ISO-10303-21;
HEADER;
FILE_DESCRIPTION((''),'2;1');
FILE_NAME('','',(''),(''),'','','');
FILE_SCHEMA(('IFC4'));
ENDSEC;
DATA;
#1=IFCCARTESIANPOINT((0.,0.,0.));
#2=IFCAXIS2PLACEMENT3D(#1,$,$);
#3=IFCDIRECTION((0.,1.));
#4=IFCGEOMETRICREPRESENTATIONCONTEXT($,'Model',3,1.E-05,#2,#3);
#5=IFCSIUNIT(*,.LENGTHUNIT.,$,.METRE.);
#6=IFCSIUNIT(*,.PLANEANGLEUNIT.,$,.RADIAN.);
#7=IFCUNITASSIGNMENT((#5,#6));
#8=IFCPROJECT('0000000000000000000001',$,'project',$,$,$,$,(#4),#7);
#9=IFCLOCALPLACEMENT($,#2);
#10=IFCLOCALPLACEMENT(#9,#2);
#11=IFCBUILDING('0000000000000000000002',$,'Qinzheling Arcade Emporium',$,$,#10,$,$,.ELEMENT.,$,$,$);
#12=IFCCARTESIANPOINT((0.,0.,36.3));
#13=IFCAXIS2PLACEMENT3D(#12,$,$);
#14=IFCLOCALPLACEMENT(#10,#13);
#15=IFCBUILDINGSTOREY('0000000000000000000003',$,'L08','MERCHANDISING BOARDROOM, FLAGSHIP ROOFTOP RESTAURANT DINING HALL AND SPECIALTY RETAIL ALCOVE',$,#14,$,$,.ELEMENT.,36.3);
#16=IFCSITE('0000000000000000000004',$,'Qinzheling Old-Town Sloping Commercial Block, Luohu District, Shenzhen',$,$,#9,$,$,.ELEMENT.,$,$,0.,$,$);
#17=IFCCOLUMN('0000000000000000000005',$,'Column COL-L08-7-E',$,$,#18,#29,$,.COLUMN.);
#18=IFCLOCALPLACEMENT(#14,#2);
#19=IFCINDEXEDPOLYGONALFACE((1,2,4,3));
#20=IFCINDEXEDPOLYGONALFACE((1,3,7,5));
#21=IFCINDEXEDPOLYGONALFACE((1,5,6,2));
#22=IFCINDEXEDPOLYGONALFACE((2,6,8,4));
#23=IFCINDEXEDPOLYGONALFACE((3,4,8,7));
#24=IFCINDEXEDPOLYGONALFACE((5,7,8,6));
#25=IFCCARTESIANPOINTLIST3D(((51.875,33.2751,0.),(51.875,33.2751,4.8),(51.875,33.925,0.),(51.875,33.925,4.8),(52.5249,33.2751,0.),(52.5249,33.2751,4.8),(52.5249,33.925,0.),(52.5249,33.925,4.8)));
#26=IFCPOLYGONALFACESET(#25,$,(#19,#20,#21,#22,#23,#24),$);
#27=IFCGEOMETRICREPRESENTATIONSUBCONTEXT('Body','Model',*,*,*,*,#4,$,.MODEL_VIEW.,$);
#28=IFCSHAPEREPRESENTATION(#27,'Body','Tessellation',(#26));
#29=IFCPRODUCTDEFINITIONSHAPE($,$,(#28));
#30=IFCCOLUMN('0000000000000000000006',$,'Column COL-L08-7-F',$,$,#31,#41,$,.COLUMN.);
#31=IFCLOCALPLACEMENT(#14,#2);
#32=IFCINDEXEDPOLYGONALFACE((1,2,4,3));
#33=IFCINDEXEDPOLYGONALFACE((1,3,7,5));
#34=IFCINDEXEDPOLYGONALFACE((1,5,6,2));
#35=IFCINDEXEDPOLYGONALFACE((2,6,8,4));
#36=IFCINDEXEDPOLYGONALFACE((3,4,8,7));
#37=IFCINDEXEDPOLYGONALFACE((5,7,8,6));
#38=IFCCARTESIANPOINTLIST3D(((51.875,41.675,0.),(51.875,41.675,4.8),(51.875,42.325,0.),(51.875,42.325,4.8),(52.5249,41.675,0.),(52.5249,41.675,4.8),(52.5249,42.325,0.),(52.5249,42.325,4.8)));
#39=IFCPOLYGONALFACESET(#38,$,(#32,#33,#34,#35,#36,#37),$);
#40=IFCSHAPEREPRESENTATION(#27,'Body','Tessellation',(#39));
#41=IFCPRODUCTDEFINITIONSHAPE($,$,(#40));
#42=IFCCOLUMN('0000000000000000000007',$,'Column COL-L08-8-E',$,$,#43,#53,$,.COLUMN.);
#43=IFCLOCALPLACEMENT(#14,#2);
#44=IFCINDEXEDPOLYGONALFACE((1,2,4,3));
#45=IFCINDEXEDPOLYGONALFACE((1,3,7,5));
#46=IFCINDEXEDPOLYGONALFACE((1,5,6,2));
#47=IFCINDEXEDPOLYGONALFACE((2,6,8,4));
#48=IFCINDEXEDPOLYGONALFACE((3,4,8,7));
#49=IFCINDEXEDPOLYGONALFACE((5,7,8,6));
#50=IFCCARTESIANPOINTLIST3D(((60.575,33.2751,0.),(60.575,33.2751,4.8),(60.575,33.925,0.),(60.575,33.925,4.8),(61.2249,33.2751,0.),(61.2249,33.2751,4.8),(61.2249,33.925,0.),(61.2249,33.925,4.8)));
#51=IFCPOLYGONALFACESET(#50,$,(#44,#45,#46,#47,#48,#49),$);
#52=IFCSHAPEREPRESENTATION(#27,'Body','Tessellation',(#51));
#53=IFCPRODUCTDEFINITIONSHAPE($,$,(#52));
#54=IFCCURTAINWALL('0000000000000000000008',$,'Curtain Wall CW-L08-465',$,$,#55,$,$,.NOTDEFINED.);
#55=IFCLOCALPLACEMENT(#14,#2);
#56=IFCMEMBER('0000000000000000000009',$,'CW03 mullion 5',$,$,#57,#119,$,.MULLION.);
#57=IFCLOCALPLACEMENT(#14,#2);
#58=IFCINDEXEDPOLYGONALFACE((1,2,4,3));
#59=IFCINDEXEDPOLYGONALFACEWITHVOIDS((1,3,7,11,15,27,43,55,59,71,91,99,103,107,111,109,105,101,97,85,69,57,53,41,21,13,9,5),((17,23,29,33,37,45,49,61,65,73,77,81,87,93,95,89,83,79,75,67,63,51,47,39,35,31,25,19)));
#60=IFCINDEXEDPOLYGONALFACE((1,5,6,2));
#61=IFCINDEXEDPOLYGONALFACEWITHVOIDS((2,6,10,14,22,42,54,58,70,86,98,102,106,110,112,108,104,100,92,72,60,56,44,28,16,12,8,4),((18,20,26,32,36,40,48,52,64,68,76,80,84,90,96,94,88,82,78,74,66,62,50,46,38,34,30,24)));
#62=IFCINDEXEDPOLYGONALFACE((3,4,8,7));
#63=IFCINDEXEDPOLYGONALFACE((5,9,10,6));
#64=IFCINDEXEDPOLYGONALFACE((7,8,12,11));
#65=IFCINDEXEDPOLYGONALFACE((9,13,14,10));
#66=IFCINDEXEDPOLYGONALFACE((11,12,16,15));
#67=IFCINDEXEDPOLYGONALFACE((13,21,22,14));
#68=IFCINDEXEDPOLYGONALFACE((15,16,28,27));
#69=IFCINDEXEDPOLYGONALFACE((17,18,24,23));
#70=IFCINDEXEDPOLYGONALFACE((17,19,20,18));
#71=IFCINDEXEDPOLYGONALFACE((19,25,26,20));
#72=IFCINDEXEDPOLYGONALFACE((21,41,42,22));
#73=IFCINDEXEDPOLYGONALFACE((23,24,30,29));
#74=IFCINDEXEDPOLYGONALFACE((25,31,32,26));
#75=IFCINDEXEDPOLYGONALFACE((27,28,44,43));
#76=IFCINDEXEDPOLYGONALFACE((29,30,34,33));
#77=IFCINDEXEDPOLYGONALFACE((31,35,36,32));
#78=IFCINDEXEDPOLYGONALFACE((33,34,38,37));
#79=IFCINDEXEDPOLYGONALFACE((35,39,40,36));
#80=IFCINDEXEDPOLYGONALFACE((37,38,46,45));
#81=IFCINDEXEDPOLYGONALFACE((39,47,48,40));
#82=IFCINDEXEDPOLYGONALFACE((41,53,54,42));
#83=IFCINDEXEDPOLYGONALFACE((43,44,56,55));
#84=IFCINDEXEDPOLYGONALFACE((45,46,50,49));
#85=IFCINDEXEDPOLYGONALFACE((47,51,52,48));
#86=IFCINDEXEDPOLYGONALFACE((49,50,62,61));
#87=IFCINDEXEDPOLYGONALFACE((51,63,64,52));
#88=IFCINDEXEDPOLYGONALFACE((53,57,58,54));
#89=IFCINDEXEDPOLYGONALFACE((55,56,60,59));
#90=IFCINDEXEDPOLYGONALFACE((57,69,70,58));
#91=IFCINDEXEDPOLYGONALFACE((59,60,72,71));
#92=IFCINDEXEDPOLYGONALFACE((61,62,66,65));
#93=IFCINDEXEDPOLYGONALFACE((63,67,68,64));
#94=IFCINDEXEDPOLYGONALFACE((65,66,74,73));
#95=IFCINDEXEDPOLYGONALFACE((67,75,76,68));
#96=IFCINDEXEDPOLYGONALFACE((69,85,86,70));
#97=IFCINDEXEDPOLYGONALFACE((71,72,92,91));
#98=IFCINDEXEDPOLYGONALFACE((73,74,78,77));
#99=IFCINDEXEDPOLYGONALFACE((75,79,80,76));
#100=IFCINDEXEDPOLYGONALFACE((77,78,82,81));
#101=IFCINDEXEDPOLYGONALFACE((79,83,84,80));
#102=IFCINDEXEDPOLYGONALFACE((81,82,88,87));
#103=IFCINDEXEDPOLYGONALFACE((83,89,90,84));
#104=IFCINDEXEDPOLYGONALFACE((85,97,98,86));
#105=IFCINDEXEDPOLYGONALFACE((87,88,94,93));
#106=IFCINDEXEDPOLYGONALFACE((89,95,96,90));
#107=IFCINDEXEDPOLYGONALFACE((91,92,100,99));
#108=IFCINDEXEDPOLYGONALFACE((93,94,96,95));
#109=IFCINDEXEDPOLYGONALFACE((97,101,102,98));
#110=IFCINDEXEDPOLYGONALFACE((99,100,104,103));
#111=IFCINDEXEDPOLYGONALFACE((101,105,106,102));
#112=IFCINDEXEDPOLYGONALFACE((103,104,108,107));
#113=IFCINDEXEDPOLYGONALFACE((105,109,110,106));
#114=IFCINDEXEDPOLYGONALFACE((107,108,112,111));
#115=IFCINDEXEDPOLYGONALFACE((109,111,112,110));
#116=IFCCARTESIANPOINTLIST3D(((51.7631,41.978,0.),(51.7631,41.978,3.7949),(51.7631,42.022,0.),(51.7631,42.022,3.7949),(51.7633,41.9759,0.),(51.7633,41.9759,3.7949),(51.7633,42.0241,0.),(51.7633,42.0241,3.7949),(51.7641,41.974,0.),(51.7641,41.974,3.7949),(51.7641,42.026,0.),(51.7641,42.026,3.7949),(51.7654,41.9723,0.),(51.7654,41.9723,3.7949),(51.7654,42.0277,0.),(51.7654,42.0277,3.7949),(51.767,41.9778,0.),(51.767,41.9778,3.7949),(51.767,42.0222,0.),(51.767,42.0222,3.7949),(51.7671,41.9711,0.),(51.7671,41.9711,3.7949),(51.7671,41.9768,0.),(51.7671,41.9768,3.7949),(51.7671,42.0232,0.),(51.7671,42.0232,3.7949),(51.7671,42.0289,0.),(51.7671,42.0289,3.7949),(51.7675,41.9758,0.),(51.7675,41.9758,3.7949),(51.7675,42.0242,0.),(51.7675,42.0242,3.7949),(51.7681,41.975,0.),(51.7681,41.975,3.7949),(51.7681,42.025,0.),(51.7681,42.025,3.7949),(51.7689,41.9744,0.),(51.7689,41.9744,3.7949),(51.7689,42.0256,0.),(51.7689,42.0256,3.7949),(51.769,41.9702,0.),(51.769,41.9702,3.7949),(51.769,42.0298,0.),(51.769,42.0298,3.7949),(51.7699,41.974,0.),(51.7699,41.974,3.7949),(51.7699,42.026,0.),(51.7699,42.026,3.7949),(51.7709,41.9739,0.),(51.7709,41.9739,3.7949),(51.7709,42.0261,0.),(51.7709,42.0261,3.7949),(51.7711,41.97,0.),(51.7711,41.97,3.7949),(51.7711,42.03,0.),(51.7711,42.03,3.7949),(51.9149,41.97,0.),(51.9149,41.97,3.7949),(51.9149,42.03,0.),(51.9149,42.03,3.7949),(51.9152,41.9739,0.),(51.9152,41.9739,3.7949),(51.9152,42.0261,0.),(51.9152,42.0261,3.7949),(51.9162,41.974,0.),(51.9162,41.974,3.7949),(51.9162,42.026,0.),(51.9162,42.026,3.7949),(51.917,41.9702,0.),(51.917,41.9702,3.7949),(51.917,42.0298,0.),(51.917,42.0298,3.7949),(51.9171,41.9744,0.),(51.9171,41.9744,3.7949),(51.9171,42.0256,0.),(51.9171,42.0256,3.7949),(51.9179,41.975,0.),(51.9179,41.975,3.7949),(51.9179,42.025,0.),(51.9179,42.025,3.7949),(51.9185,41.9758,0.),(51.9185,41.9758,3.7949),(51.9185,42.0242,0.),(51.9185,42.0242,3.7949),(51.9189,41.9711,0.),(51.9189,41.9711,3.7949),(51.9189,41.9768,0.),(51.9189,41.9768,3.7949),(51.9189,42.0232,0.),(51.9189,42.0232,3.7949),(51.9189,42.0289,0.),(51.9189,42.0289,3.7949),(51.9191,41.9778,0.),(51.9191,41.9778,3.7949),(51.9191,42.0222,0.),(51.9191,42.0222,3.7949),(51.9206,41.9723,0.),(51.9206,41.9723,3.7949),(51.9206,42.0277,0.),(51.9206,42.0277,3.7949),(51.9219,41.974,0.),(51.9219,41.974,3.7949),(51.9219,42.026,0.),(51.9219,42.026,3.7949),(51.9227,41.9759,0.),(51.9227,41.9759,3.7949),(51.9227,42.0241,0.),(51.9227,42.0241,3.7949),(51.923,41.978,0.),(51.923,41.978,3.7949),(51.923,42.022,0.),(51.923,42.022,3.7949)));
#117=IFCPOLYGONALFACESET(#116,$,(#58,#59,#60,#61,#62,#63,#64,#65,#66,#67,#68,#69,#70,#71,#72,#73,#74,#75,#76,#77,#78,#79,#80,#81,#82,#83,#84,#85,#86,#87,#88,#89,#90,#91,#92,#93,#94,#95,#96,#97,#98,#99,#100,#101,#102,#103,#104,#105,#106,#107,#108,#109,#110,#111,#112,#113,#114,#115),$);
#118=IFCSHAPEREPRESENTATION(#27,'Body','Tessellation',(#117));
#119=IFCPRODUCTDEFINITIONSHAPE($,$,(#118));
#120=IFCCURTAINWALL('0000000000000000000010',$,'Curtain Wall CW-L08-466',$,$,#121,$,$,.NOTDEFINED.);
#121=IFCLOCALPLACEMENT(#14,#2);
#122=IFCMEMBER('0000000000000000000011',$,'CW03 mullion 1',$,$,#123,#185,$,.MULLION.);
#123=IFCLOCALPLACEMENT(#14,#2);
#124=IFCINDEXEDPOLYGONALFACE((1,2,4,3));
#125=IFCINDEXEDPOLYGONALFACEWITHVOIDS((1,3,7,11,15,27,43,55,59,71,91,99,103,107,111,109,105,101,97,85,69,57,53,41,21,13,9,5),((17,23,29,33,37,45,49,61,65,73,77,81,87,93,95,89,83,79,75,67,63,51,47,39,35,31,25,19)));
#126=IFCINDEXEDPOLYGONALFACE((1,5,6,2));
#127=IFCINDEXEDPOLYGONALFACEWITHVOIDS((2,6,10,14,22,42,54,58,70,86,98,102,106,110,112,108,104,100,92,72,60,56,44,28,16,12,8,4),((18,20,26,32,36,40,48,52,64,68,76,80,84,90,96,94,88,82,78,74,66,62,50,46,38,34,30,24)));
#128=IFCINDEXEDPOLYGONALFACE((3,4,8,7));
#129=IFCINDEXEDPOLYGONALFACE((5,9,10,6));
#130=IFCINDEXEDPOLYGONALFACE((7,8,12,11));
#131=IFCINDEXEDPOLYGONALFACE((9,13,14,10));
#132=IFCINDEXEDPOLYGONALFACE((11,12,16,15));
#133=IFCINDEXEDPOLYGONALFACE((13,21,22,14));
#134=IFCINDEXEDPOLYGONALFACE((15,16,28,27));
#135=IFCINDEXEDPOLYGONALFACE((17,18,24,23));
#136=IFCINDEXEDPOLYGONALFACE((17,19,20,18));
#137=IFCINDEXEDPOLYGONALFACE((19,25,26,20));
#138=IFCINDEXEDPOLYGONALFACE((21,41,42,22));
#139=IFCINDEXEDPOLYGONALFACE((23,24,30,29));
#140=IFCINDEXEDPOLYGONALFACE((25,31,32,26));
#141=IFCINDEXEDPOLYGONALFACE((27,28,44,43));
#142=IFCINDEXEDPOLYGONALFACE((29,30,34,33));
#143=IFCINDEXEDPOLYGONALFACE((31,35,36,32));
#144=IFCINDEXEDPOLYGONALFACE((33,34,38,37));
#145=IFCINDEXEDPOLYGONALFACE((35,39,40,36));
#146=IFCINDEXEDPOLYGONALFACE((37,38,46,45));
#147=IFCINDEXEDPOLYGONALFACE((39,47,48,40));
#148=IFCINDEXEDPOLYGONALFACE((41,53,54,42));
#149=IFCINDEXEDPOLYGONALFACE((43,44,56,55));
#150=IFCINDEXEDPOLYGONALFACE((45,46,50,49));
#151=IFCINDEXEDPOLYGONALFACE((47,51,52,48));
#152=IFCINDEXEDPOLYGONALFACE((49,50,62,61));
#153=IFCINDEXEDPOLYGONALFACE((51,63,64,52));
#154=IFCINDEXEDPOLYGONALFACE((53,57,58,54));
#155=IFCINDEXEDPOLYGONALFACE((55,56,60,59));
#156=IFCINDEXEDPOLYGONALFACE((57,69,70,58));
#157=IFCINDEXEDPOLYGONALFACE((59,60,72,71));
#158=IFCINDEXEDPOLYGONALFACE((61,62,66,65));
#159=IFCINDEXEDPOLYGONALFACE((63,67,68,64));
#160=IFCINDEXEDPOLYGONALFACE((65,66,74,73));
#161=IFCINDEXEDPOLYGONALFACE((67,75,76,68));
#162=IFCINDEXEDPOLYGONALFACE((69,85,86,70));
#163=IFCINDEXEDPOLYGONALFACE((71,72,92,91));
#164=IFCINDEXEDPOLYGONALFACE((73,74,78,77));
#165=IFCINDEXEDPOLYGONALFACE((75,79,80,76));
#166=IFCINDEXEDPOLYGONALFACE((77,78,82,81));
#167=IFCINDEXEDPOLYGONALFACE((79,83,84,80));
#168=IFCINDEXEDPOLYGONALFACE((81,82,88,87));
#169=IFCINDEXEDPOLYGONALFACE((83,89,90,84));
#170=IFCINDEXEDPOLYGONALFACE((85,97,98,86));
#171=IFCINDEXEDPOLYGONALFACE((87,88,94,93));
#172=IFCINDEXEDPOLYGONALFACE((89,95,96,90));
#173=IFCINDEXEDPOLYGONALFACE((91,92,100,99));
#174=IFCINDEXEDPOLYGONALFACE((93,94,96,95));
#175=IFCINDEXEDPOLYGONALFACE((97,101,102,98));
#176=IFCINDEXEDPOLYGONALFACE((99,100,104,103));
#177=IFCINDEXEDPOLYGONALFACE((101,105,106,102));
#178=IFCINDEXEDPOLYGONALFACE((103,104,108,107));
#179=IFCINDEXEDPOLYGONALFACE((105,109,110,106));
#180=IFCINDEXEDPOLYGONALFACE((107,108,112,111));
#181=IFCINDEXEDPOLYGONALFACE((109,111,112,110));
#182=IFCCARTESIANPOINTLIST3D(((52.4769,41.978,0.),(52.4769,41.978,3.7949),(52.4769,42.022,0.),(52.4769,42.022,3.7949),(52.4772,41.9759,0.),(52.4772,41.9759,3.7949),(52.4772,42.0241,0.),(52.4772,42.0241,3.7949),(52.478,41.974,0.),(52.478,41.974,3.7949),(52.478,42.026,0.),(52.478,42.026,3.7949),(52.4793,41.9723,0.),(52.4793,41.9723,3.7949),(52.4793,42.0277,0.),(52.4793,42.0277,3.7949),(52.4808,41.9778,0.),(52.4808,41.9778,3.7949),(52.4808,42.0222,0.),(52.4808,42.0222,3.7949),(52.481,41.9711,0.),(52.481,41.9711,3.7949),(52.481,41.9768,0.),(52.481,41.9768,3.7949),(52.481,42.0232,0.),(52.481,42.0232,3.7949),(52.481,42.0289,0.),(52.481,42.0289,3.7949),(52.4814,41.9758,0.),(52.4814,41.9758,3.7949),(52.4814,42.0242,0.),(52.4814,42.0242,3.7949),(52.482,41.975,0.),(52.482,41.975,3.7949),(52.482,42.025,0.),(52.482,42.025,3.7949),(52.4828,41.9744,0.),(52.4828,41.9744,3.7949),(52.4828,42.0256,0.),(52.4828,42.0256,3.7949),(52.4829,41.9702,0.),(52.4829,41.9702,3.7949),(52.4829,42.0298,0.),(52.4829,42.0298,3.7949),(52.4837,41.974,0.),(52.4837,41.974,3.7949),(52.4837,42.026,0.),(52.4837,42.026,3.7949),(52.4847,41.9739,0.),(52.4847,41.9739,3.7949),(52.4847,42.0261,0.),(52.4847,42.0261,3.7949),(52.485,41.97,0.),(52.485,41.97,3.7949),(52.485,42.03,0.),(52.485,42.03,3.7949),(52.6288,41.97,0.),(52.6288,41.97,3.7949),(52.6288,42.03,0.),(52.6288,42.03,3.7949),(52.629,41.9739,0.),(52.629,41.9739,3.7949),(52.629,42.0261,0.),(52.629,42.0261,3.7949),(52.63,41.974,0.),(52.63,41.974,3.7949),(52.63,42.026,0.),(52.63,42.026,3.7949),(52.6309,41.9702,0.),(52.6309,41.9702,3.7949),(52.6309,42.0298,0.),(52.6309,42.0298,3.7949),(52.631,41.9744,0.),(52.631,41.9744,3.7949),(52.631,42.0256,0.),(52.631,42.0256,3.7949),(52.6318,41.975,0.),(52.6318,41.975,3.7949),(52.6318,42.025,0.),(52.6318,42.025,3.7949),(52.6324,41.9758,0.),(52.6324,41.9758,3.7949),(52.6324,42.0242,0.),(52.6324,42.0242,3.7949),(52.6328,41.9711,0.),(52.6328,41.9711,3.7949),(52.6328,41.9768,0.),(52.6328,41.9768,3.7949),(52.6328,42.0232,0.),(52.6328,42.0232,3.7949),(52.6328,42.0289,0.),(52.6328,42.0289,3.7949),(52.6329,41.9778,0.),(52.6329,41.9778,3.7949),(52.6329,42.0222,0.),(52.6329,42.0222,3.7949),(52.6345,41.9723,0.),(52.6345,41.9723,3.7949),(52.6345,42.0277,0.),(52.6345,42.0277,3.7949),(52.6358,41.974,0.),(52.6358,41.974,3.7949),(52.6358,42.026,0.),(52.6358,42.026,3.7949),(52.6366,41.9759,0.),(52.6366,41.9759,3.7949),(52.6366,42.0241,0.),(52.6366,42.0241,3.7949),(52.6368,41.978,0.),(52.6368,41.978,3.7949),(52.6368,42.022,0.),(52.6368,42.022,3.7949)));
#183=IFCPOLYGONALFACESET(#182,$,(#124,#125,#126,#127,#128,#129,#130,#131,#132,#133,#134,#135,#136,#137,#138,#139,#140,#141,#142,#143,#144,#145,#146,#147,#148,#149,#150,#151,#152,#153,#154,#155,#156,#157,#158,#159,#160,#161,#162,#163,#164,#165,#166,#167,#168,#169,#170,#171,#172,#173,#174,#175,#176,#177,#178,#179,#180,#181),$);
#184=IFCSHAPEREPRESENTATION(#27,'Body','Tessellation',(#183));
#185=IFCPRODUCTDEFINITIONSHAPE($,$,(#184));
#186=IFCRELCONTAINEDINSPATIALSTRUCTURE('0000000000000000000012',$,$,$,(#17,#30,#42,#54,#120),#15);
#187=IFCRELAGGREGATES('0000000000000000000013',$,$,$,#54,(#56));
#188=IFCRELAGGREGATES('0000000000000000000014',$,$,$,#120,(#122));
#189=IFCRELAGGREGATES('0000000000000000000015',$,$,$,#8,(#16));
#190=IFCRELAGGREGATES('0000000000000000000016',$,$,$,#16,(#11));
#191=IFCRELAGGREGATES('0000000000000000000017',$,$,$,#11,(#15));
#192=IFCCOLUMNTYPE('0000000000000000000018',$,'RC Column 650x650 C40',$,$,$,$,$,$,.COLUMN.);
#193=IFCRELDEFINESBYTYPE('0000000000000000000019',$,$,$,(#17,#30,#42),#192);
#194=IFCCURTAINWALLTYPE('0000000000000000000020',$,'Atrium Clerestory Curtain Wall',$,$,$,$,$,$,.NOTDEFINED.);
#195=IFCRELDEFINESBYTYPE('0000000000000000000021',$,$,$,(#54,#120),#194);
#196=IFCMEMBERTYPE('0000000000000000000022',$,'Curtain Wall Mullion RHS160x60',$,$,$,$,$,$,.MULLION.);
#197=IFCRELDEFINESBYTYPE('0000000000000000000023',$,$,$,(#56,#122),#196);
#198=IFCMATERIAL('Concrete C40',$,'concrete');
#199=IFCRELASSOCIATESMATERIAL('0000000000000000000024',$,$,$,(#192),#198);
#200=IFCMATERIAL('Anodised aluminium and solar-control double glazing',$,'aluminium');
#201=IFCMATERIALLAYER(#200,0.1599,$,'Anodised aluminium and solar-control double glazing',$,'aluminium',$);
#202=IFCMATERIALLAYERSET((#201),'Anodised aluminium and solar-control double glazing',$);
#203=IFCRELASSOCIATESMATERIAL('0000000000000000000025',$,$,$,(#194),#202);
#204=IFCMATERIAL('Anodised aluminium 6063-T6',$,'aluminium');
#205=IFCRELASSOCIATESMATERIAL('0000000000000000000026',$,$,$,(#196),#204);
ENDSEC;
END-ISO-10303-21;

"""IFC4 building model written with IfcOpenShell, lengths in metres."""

from ifc_helpers import new_model, si_unit, direction, frame, origin, origin_2d, place, context, subcontext, project, spatial, rectangle, hollow_rectangle, extrude, material, layer, layer_set, material_profile, profile_set, type_object, element, aggregate, save


model = new_model("IFC4")

# Units and contexts
model_context = context("Model", 3, precision=1e-05, world=origin(), true_north=direction((0.0, 1.0)))
body_context = subcontext(model_context, "Body", "Model", "MODEL_VIEW")
ifc_project = project(units=[si_unit("LENGTHUNIT", "METRE"), si_unit("PLANEANGLEUNIT", "RADIAN")], contexts=[model_context])

# Site, building, storey
site_placement = place(None, origin())
site = spatial("IfcSite", under=ifc_project, at=site_placement, Name="Qinzheling Old-Town Sloping Commercial Block, Luohu District, Shenzhen", CompositionType="ELEMENT", RefElevation=0.0)
building_placement = place(site_placement, origin())
building = spatial("IfcBuilding", under=site, at=building_placement, Name="Qinzheling Arcade Emporium", CompositionType="ELEMENT")
storey_placement = place(building_placement, frame((0.0, 0.0, 36.3)))
storey = spatial("IfcBuildingStorey", under=building, at=storey_placement, Name="L08", Description="MERCHANDISING BOARDROOM, FLAGSHIP ROOFTOP RESTAURANT DINING HALL AND SPECIALTY RETAIL ALCOVE", CompositionType="ELEMENT", Elevation=36.3)

# Columns
ifc_material_1 = material(Name="Concrete C40", Category="concrete")
ifc_material_profile_1 = material_profile(ifc_material_1, rectangle(XDim=0.6499, YDim=0.6499, at=origin_2d()), Name="RC 650x650", Category="concrete")
ifc_profile_set_1 = profile_set([ifc_material_profile_1], Name="Concrete C40")
column_type = type_object("IfcColumnType", Name="RC Column 650x650 C40", PredefinedType="COLUMN", material=ifc_profile_set_1)
for number, where, z_axis, x_axis, name in (
    (1, (52.2, 33.6001, 0.0), (0.0, 0.0, 1.0), (1.0, 0.0, 0.0), "Column COL-L08-7-E"),
    (2, (52.2, 42.0, 0.0), (0.0, 0.0, 1.0), (1.0, 0.0, 0.0), "Column COL-L08-7-F"),
    (3, (60.8999, 33.6001, 0.0), (0.0, 0.0, 1.0), (1.0, 0.0, 0.0), "Column COL-L08-8-E"),
):
    element("IfcColumn", number, at=place(storey_placement, frame(where, z_axis=z_axis, x_axis=x_axis)), inside=storey, type_object=column_type, Name=name, PredefinedType="COLUMN", context=body_context, shape_type="SweptSolid", body=[
        extrude(rectangle(XDim=0.6499, YDim=0.6499, at=origin_2d()), origin(), (0.0, 0.0, 1.0), 4.8),
    ])

# Curtain wall, member
ifc_material_2 = material(Name="Anodised aluminium and solar-control double glazing", Category="aluminium")
ifc_layer_1 = layer(ifc_material_2, 0.1599, Name="Anodised aluminium and solar-control double glazing", Category="aluminium")
ifc_layer_set_1 = layer_set([ifc_layer_1], Name="Anodised aluminium and solar-control double glazing")
curtain_wall_type = type_object("IfcCurtainWallType", Name="Atrium Clerestory Curtain Wall", PredefinedType="NOTDEFINED", material=ifc_layer_set_1)
curtain_wall_1_placement = place(storey_placement, origin())
curtain_wall_1 = element("IfcCurtainWall", 4, at=curtain_wall_1_placement, inside=storey, type_object=curtain_wall_type, Name="Curtain Wall CW-L08-465", PredefinedType="NOTDEFINED")
ifc_material_3 = material(Name="Anodised aluminium 6063-T6", Category="aluminium")
ifc_material_profile_2 = material_profile(ifc_material_3, hollow_rectangle(XDim=0.0601, YDim=0.1599, WallThickness=0.0039, InnerFilletRadius=0.0039, OuterFilletRadius=0.0081, at=origin_2d()), Name="RHS 160x60x4", Category="aluminium")
ifc_profile_set_2 = profile_set([ifc_material_profile_2], Name="Anodised aluminium 6063-T6")
member_type_1 = type_object("IfcMemberType", Name="Curtain Wall Mullion RHS160x60", PredefinedType="MULLION", material=ifc_profile_set_2)
member_1_placement = place(storey_placement, frame((51.843, 42.0, 0.0), z_axis=(0.0, 0.0, 1.0), x_axis=(0.0, 1.0, 0.0)))
member_1 = element("IfcMember", 5, at=member_1_placement, type_object=member_type_1, Name="CW03 mullion 5", PredefinedType="MULLION", context=body_context, shape_type="SweptSolid", body=[
    extrude(hollow_rectangle(XDim=0.0601, YDim=0.1599, WallThickness=0.0039, InnerFilletRadius=0.0039, OuterFilletRadius=0.0081, at=origin_2d()), origin(), (0.0, 0.0, 1.0), 3.7949),
])
aggregate(curtain_wall_1, [member_1])

# Curtain wall, member
curtain_wall_2_placement = place(storey_placement, origin())
curtain_wall_2 = element("IfcCurtainWall", 6, at=curtain_wall_2_placement, inside=storey, type_object=curtain_wall_type, Name="Curtain Wall CW-L08-466", PredefinedType="NOTDEFINED")
member_2_placement = place(storey_placement, frame((52.5569, 42.0, 0.0), z_axis=(0.0, 0.0, 1.0), x_axis=(0.0, 1.0, 0.0)))
member_2 = element("IfcMember", 7, at=member_2_placement, type_object=member_type_1, Name="CW03 mullion 1", PredefinedType="MULLION", context=body_context, shape_type="SweptSolid", body=[
    extrude(hollow_rectangle(XDim=0.0601, YDim=0.1599, WallThickness=0.0039, InnerFilletRadius=0.0039, OuterFilletRadius=0.0081, at=origin_2d()), origin(), (0.0, 0.0, 1.0), 3.7949),
])

aggregate(curtain_wall_2, [member_2])

save(model, "model.ifc")
